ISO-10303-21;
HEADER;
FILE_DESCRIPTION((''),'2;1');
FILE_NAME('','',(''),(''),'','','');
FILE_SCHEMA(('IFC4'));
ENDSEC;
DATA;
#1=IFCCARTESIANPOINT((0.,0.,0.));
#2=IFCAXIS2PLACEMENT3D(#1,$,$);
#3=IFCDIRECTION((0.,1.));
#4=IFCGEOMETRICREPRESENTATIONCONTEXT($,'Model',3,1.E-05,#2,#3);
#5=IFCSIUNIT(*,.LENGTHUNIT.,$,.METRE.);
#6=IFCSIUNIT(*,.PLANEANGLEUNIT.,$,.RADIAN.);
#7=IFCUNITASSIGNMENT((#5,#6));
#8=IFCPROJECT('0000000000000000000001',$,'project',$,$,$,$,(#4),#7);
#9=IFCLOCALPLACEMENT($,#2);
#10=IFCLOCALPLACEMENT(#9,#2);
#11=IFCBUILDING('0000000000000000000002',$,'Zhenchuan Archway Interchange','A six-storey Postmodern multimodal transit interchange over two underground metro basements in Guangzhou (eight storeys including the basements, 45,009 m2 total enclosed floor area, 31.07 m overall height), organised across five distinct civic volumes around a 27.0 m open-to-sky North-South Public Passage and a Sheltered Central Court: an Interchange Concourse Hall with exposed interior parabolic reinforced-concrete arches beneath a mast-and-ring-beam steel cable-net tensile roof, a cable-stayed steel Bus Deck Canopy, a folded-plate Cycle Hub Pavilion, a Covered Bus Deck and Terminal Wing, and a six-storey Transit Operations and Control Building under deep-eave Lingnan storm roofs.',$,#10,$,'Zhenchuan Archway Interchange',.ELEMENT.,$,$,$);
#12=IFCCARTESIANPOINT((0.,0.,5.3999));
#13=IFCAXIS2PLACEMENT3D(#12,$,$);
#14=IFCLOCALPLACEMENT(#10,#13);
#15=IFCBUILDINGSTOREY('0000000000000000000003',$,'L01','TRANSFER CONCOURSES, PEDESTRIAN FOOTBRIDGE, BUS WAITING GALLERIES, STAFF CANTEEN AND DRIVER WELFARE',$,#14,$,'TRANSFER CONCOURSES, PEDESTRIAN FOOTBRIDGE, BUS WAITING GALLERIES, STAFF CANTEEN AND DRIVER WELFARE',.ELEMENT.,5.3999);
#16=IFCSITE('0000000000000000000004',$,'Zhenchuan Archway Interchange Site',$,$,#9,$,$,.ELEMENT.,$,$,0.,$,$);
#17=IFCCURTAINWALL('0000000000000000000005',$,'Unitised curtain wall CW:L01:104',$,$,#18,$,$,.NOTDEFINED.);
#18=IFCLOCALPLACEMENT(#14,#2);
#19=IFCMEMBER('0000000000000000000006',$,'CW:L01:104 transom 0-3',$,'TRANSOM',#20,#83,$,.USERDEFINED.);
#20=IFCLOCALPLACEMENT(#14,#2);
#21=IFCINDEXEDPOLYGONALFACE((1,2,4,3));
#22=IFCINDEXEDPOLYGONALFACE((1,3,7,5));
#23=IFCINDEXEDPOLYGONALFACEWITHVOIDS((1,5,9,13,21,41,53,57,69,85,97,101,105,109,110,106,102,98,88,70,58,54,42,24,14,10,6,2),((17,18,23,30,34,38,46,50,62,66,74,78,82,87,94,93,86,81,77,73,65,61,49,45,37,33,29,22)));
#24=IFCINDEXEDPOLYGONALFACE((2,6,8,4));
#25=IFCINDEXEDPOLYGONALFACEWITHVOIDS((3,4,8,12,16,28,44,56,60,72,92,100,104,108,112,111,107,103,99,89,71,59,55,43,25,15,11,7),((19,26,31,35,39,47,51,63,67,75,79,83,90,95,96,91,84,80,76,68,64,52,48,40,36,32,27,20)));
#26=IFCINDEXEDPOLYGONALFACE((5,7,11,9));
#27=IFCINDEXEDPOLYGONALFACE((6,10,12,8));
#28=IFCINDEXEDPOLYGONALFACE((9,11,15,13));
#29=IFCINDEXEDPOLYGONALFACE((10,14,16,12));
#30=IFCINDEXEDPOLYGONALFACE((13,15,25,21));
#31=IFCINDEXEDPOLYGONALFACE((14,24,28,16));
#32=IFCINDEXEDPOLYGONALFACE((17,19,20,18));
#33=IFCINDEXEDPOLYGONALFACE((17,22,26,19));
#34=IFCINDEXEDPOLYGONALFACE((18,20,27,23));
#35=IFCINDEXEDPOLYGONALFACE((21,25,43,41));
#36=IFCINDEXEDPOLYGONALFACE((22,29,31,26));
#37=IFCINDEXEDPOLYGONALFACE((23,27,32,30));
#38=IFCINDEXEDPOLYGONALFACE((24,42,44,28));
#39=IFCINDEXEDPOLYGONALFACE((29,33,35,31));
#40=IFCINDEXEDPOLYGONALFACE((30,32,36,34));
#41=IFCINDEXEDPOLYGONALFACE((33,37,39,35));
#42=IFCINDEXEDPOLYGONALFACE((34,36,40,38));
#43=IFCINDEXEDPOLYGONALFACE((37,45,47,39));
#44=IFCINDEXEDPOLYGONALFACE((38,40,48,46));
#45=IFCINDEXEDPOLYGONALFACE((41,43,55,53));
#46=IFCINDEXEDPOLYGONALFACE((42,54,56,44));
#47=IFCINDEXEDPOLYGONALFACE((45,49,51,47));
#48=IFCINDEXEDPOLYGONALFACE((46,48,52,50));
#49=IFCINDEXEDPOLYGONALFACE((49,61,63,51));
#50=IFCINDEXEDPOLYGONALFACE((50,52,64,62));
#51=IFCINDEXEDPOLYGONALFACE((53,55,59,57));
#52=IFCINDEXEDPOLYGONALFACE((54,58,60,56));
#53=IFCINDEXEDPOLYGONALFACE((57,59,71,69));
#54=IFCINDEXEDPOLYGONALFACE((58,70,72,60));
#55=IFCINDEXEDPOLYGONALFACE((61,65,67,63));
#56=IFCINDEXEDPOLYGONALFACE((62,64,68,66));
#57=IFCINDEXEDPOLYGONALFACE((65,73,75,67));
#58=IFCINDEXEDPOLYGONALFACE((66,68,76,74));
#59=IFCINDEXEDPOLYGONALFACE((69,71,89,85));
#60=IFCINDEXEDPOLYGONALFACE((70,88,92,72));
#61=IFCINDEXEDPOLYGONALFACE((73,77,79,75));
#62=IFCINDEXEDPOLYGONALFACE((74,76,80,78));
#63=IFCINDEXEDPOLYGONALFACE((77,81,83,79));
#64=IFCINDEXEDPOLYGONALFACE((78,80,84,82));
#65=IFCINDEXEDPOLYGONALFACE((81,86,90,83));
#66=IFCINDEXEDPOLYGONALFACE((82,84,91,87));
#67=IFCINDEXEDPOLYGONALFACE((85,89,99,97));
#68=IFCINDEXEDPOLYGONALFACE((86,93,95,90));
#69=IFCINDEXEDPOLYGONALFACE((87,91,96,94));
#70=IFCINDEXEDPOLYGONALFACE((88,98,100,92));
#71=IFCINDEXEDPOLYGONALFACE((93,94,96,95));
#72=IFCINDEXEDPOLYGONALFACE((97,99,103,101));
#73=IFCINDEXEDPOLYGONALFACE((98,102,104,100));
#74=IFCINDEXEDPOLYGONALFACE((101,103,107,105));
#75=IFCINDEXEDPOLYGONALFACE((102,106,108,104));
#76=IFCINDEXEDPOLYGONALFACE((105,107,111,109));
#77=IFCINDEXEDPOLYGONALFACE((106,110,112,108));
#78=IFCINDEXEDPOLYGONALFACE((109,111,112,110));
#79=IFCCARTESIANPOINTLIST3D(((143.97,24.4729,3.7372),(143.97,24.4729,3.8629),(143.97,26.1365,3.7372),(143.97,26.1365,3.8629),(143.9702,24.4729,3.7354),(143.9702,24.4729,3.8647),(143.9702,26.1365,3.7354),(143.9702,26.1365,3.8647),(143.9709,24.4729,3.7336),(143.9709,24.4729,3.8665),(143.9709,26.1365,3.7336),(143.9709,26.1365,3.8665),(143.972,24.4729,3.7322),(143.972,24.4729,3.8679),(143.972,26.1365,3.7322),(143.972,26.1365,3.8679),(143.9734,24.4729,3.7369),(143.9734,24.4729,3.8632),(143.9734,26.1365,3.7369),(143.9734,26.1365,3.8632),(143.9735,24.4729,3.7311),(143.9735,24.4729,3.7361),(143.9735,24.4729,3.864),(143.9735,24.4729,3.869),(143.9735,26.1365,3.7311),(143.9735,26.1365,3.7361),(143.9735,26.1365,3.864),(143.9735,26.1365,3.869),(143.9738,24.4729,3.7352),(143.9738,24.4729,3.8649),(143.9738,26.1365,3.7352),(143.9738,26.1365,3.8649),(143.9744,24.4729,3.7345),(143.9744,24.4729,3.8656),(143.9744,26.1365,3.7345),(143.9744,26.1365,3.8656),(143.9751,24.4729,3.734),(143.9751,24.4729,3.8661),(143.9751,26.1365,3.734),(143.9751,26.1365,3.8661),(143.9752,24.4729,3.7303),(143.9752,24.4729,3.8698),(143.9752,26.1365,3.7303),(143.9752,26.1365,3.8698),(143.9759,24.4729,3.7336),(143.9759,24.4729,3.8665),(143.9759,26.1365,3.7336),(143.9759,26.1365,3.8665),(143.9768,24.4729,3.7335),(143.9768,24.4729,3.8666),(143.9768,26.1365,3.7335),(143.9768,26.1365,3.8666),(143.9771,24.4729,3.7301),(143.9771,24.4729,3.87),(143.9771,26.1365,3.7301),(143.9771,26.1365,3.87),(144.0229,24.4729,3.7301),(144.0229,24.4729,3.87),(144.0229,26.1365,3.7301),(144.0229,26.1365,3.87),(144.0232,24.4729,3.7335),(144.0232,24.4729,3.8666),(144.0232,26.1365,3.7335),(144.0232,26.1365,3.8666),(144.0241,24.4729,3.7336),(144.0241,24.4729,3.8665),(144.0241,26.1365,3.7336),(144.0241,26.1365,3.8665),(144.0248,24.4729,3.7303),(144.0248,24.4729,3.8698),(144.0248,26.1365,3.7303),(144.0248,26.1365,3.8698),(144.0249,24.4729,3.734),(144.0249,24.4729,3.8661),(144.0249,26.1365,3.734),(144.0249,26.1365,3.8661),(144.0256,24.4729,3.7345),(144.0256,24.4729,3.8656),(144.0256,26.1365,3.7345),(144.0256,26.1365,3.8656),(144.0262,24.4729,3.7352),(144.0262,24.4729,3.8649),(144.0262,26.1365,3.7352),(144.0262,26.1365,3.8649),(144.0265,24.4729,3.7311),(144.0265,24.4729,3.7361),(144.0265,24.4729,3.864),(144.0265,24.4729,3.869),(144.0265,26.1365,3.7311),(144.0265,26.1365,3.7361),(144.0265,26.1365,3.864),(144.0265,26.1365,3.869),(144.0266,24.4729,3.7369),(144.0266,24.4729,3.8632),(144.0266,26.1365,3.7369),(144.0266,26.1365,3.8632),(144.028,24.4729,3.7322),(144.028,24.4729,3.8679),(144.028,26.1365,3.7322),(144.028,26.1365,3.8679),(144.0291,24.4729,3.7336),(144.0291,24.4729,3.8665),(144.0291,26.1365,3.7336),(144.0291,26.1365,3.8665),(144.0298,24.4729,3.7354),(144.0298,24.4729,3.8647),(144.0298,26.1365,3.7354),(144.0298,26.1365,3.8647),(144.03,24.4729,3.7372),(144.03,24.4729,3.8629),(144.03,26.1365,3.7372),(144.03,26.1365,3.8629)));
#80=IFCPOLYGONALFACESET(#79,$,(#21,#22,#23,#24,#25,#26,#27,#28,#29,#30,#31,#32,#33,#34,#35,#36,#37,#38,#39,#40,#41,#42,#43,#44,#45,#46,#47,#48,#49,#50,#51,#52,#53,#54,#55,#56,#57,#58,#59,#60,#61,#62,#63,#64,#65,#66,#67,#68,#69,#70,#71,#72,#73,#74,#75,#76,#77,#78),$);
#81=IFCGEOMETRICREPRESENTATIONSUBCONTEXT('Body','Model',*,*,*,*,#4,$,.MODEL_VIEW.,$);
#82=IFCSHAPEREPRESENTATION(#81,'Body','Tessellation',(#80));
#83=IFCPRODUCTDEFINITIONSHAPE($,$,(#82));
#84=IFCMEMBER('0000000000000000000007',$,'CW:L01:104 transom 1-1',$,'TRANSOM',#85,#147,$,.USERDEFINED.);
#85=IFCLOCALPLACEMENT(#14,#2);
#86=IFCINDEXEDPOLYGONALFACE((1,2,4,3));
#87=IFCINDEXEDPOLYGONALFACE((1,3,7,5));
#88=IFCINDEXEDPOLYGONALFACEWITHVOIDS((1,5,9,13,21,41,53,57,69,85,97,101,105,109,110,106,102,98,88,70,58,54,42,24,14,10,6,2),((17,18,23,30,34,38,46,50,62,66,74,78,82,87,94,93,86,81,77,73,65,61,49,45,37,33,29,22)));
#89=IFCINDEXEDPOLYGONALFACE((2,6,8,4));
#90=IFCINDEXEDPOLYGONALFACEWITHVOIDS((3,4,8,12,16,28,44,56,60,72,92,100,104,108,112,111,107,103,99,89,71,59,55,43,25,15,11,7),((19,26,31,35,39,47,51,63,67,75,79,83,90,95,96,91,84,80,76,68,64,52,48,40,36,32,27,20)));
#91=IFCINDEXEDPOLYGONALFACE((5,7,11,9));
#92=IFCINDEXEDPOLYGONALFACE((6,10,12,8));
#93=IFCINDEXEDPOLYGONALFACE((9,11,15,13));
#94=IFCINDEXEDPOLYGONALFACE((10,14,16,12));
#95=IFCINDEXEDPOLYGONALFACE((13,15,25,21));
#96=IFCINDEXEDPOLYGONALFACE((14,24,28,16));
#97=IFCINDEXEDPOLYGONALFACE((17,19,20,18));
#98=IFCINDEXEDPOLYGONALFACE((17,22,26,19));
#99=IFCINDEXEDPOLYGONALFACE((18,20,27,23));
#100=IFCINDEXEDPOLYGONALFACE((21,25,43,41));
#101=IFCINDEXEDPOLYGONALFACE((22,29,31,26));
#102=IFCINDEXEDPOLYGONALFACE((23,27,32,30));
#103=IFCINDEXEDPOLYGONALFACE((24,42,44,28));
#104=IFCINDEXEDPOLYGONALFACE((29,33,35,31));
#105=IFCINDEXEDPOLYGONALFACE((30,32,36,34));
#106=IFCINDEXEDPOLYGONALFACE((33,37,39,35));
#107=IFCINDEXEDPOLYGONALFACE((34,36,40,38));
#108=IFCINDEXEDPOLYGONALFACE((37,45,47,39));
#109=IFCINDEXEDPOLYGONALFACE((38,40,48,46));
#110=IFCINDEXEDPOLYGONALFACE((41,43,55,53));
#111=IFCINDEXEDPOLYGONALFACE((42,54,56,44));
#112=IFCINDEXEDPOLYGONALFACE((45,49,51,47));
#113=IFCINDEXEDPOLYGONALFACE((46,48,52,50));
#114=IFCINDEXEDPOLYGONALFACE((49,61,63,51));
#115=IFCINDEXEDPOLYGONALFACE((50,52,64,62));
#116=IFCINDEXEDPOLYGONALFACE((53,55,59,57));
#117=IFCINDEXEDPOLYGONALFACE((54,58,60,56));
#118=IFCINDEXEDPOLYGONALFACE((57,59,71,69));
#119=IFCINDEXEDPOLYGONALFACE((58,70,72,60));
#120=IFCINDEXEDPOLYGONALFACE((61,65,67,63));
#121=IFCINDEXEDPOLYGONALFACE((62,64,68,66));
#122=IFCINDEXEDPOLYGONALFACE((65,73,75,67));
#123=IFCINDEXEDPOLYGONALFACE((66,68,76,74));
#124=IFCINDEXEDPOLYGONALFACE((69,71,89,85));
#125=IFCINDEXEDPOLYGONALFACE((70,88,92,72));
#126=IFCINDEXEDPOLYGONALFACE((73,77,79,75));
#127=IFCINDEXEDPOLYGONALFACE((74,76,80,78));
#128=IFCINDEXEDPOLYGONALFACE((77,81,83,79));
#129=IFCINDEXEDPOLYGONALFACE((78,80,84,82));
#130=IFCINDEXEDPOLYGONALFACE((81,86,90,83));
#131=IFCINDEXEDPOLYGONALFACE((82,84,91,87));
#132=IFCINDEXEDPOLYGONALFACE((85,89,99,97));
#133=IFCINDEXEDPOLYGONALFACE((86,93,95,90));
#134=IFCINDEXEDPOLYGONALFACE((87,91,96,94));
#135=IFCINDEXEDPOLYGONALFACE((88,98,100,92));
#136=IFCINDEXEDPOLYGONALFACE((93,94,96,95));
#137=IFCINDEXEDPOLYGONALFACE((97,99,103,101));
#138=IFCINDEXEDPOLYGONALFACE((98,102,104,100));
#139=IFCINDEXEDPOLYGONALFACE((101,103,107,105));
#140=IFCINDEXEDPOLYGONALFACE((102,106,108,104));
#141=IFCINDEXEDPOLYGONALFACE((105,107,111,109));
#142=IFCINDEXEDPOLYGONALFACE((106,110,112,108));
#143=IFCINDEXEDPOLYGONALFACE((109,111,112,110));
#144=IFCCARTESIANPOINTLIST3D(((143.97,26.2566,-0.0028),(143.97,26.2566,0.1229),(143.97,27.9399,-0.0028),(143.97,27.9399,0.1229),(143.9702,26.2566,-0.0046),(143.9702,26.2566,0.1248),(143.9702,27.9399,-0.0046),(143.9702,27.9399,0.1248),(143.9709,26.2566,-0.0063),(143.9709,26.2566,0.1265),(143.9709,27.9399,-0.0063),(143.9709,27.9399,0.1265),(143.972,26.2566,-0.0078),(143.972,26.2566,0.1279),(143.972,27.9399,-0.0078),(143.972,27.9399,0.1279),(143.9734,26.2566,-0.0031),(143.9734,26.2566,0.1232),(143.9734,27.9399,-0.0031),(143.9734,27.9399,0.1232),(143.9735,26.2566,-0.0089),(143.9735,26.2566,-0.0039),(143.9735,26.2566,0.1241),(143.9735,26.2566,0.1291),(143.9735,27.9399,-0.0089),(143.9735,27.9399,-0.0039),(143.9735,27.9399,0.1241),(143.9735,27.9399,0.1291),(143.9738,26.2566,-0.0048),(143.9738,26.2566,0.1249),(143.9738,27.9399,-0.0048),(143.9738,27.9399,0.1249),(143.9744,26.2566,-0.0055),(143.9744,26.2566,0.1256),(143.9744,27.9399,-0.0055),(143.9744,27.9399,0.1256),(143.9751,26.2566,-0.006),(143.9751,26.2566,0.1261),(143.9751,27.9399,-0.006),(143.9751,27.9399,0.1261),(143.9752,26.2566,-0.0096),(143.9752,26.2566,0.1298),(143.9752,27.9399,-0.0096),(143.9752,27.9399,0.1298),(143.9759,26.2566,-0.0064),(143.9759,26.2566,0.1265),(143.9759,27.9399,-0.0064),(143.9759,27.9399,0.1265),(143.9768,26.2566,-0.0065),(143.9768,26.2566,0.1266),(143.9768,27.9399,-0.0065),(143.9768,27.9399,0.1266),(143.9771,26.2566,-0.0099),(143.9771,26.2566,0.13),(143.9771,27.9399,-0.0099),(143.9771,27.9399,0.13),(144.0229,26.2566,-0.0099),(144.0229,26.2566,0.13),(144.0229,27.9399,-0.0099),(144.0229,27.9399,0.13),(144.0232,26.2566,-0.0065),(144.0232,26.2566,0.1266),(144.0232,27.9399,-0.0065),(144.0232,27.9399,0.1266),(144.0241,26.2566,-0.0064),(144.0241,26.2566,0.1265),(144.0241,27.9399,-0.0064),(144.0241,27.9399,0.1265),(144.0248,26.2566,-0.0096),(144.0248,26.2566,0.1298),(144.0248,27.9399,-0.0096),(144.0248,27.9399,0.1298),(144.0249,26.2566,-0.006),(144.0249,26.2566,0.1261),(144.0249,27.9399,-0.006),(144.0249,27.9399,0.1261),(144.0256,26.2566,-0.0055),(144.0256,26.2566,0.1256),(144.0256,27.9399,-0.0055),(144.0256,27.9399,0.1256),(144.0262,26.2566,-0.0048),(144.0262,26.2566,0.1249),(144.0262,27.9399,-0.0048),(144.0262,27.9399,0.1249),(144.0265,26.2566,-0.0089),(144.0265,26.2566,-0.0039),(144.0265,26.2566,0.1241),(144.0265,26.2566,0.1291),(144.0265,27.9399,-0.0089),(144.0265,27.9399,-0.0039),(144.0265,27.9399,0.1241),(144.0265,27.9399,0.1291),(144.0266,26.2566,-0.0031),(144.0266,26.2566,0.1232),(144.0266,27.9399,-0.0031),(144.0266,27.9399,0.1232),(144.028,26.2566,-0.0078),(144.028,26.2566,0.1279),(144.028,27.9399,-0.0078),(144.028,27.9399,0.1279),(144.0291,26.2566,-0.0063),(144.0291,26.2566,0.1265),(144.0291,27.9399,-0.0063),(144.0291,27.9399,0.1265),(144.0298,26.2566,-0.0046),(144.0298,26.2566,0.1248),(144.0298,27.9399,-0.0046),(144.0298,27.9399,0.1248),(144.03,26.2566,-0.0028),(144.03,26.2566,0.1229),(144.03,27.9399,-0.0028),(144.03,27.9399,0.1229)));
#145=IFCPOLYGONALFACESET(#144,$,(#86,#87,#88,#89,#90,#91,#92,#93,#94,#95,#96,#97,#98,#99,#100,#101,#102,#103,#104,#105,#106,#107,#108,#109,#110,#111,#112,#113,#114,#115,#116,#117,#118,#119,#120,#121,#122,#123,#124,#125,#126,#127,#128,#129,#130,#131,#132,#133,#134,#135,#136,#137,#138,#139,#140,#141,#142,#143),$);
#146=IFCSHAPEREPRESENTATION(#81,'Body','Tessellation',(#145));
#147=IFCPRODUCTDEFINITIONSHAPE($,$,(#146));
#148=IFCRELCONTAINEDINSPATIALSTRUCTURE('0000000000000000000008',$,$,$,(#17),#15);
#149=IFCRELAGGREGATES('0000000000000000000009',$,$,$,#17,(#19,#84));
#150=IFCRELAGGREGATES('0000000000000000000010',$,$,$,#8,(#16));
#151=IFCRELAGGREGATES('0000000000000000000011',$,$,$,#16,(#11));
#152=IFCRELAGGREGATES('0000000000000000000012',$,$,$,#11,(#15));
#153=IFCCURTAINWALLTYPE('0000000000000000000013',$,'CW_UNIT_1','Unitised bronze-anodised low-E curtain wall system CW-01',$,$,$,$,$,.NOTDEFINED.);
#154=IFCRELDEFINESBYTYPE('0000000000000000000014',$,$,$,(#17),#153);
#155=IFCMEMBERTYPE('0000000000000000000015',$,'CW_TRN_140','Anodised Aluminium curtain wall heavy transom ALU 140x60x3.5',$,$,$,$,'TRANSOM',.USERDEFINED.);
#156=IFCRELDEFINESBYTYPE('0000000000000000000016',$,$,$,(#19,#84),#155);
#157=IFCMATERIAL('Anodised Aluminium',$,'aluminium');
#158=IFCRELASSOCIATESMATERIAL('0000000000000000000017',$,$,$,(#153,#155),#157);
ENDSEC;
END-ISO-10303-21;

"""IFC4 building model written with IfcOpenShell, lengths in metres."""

from ifc_helpers import new_model, si_unit, direction, frame, origin, origin_2d, place, context, subcontext, project, spatial, hollow_rectangle, extrude, material, material_profile, profile_set, type_object, element, aggregate, save


model = new_model("IFC4")

# Units and contexts
model_context = context("Model", 3, precision=1e-05, world=origin(), true_north=direction((0.0, 1.0)))
body_context = subcontext(model_context, "Body", "Model", "MODEL_VIEW")
ifc_project = project(units=[si_unit("LENGTHUNIT", "METRE"), si_unit("PLANEANGLEUNIT", "RADIAN")], contexts=[model_context])

# Site, building, storey
site_placement = place(None, origin())
site = spatial("IfcSite", under=ifc_project, at=site_placement, Name="Zhenchuan Archway Interchange Site", CompositionType="ELEMENT", RefElevation=0.0)
building_placement = place(site_placement, origin())
building = spatial("IfcBuilding", under=site, at=building_placement, Name="Zhenchuan Archway Interchange", Description="A six-storey Postmodern multimodal transit interchange over two underground metro basements in Guangzhou (eight storeys including the basements, 45,009 m2 total enclosed floor area, 31.07 m overall height), organised across five distinct civic volumes around a 27.0 m open-to-sky North-South Public Passage and a Sheltered Central Court: an Interchange Concourse Hall with exposed interior parabolic reinforced-concrete arches beneath a mast-and-ring-beam steel cable-net tensile roof, a cable-stayed steel Bus Deck Canopy, a folded-plate Cycle Hub Pavilion, a Covered Bus Deck and Terminal Wing, and a six-storey Transit Operations and Control Building under deep-eave Lingnan storm roofs.", LongName="Zhenchuan Archway Interchange", CompositionType="ELEMENT")
storey_placement = place(building_placement, frame((0.0, 0.0, 5.3999)))
storey = spatial("IfcBuildingStorey", under=building, at=storey_placement, Name="L01", Description="TRANSFER CONCOURSES, PEDESTRIAN FOOTBRIDGE, BUS WAITING GALLERIES, STAFF CANTEEN AND DRIVER WELFARE", LongName="TRANSFER CONCOURSES, PEDESTRIAN FOOTBRIDGE, BUS WAITING GALLERIES, STAFF CANTEEN AND DRIVER WELFARE", CompositionType="ELEMENT", Elevation=5.3999)

# Curtain wall, members
ifc_material_1 = material(Name="Anodised Aluminium", Category="aluminium")
curtain_wall_type = type_object("IfcCurtainWallType", Name="CW_UNIT_1", Description="Unitised bronze-anodised low-E curtain wall system CW-01", PredefinedType="NOTDEFINED", material=ifc_material_1)
curtain_wall_placement = place(storey_placement, origin())
curtain_wall = element("IfcCurtainWall", 1, at=curtain_wall_placement, inside=storey, type_object=curtain_wall_type, Name="Unitised curtain wall CW:L01:104", PredefinedType="NOTDEFINED")
ifc_material_profile_1 = material_profile(ifc_material_1, hollow_rectangle(XDim=0.0601, YDim=0.1399, WallThickness=0.0034, InnerFilletRadius=0.0034, OuterFilletRadius=0.0071, at=origin_2d()), Name="ALU 140x60x3.5")
ifc_profile_set_1 = profile_set([ifc_material_profile_1], Name="Anodised Aluminium")
member_type_1 = type_object("IfcMemberType", Name="CW_TRN_140", Description="Anodised Aluminium curtain wall heavy transom ALU 140x60x3.5", ElementType="TRANSOM", PredefinedType="USERDEFINED", material=ifc_profile_set_1)
member_1_placement = place(storey_placement, frame((144.0, 24.4729, 3.8), z_axis=(0.0, 1.0, 0.0), x_axis=(-1.0, 0.0, 0.0)))
member_1 = element("IfcMember", 2, at=member_1_placement, type_object=member_type_1, Name="CW:L01:104 transom 0-3", ObjectType="TRANSOM", PredefinedType="USERDEFINED", context=body_context, shape_type="SweptSolid", body=[
    extrude(hollow_rectangle(XDim=0.0601, YDim=0.1399, WallThickness=0.0034, InnerFilletRadius=0.0034, OuterFilletRadius=0.0071, at=origin_2d()), origin(), (0.0, 0.0, 1.0), 1.6636),
])
member_2_placement = place(storey_placement, frame((144.0, 26.2566, 0.0601), z_axis=(0.0, 1.0, 0.0), x_axis=(-1.0, 0.0, 0.0)))
member_2 = element("IfcMember", 3, at=member_2_placement, type_object=member_type_1, Name="CW:L01:104 transom 1-1", ObjectType="TRANSOM", PredefinedType="USERDEFINED", context=body_context, shape_type="SweptSolid", body=[
    extrude(hollow_rectangle(XDim=0.0601, YDim=0.1399, WallThickness=0.0034, InnerFilletRadius=0.0034, OuterFilletRadius=0.0071, at=origin_2d()), origin(), (0.0, 0.0, 1.0), 1.6833),
])

aggregate(curtain_wall, [member_1, member_2])

save(model, "model.ifc")
